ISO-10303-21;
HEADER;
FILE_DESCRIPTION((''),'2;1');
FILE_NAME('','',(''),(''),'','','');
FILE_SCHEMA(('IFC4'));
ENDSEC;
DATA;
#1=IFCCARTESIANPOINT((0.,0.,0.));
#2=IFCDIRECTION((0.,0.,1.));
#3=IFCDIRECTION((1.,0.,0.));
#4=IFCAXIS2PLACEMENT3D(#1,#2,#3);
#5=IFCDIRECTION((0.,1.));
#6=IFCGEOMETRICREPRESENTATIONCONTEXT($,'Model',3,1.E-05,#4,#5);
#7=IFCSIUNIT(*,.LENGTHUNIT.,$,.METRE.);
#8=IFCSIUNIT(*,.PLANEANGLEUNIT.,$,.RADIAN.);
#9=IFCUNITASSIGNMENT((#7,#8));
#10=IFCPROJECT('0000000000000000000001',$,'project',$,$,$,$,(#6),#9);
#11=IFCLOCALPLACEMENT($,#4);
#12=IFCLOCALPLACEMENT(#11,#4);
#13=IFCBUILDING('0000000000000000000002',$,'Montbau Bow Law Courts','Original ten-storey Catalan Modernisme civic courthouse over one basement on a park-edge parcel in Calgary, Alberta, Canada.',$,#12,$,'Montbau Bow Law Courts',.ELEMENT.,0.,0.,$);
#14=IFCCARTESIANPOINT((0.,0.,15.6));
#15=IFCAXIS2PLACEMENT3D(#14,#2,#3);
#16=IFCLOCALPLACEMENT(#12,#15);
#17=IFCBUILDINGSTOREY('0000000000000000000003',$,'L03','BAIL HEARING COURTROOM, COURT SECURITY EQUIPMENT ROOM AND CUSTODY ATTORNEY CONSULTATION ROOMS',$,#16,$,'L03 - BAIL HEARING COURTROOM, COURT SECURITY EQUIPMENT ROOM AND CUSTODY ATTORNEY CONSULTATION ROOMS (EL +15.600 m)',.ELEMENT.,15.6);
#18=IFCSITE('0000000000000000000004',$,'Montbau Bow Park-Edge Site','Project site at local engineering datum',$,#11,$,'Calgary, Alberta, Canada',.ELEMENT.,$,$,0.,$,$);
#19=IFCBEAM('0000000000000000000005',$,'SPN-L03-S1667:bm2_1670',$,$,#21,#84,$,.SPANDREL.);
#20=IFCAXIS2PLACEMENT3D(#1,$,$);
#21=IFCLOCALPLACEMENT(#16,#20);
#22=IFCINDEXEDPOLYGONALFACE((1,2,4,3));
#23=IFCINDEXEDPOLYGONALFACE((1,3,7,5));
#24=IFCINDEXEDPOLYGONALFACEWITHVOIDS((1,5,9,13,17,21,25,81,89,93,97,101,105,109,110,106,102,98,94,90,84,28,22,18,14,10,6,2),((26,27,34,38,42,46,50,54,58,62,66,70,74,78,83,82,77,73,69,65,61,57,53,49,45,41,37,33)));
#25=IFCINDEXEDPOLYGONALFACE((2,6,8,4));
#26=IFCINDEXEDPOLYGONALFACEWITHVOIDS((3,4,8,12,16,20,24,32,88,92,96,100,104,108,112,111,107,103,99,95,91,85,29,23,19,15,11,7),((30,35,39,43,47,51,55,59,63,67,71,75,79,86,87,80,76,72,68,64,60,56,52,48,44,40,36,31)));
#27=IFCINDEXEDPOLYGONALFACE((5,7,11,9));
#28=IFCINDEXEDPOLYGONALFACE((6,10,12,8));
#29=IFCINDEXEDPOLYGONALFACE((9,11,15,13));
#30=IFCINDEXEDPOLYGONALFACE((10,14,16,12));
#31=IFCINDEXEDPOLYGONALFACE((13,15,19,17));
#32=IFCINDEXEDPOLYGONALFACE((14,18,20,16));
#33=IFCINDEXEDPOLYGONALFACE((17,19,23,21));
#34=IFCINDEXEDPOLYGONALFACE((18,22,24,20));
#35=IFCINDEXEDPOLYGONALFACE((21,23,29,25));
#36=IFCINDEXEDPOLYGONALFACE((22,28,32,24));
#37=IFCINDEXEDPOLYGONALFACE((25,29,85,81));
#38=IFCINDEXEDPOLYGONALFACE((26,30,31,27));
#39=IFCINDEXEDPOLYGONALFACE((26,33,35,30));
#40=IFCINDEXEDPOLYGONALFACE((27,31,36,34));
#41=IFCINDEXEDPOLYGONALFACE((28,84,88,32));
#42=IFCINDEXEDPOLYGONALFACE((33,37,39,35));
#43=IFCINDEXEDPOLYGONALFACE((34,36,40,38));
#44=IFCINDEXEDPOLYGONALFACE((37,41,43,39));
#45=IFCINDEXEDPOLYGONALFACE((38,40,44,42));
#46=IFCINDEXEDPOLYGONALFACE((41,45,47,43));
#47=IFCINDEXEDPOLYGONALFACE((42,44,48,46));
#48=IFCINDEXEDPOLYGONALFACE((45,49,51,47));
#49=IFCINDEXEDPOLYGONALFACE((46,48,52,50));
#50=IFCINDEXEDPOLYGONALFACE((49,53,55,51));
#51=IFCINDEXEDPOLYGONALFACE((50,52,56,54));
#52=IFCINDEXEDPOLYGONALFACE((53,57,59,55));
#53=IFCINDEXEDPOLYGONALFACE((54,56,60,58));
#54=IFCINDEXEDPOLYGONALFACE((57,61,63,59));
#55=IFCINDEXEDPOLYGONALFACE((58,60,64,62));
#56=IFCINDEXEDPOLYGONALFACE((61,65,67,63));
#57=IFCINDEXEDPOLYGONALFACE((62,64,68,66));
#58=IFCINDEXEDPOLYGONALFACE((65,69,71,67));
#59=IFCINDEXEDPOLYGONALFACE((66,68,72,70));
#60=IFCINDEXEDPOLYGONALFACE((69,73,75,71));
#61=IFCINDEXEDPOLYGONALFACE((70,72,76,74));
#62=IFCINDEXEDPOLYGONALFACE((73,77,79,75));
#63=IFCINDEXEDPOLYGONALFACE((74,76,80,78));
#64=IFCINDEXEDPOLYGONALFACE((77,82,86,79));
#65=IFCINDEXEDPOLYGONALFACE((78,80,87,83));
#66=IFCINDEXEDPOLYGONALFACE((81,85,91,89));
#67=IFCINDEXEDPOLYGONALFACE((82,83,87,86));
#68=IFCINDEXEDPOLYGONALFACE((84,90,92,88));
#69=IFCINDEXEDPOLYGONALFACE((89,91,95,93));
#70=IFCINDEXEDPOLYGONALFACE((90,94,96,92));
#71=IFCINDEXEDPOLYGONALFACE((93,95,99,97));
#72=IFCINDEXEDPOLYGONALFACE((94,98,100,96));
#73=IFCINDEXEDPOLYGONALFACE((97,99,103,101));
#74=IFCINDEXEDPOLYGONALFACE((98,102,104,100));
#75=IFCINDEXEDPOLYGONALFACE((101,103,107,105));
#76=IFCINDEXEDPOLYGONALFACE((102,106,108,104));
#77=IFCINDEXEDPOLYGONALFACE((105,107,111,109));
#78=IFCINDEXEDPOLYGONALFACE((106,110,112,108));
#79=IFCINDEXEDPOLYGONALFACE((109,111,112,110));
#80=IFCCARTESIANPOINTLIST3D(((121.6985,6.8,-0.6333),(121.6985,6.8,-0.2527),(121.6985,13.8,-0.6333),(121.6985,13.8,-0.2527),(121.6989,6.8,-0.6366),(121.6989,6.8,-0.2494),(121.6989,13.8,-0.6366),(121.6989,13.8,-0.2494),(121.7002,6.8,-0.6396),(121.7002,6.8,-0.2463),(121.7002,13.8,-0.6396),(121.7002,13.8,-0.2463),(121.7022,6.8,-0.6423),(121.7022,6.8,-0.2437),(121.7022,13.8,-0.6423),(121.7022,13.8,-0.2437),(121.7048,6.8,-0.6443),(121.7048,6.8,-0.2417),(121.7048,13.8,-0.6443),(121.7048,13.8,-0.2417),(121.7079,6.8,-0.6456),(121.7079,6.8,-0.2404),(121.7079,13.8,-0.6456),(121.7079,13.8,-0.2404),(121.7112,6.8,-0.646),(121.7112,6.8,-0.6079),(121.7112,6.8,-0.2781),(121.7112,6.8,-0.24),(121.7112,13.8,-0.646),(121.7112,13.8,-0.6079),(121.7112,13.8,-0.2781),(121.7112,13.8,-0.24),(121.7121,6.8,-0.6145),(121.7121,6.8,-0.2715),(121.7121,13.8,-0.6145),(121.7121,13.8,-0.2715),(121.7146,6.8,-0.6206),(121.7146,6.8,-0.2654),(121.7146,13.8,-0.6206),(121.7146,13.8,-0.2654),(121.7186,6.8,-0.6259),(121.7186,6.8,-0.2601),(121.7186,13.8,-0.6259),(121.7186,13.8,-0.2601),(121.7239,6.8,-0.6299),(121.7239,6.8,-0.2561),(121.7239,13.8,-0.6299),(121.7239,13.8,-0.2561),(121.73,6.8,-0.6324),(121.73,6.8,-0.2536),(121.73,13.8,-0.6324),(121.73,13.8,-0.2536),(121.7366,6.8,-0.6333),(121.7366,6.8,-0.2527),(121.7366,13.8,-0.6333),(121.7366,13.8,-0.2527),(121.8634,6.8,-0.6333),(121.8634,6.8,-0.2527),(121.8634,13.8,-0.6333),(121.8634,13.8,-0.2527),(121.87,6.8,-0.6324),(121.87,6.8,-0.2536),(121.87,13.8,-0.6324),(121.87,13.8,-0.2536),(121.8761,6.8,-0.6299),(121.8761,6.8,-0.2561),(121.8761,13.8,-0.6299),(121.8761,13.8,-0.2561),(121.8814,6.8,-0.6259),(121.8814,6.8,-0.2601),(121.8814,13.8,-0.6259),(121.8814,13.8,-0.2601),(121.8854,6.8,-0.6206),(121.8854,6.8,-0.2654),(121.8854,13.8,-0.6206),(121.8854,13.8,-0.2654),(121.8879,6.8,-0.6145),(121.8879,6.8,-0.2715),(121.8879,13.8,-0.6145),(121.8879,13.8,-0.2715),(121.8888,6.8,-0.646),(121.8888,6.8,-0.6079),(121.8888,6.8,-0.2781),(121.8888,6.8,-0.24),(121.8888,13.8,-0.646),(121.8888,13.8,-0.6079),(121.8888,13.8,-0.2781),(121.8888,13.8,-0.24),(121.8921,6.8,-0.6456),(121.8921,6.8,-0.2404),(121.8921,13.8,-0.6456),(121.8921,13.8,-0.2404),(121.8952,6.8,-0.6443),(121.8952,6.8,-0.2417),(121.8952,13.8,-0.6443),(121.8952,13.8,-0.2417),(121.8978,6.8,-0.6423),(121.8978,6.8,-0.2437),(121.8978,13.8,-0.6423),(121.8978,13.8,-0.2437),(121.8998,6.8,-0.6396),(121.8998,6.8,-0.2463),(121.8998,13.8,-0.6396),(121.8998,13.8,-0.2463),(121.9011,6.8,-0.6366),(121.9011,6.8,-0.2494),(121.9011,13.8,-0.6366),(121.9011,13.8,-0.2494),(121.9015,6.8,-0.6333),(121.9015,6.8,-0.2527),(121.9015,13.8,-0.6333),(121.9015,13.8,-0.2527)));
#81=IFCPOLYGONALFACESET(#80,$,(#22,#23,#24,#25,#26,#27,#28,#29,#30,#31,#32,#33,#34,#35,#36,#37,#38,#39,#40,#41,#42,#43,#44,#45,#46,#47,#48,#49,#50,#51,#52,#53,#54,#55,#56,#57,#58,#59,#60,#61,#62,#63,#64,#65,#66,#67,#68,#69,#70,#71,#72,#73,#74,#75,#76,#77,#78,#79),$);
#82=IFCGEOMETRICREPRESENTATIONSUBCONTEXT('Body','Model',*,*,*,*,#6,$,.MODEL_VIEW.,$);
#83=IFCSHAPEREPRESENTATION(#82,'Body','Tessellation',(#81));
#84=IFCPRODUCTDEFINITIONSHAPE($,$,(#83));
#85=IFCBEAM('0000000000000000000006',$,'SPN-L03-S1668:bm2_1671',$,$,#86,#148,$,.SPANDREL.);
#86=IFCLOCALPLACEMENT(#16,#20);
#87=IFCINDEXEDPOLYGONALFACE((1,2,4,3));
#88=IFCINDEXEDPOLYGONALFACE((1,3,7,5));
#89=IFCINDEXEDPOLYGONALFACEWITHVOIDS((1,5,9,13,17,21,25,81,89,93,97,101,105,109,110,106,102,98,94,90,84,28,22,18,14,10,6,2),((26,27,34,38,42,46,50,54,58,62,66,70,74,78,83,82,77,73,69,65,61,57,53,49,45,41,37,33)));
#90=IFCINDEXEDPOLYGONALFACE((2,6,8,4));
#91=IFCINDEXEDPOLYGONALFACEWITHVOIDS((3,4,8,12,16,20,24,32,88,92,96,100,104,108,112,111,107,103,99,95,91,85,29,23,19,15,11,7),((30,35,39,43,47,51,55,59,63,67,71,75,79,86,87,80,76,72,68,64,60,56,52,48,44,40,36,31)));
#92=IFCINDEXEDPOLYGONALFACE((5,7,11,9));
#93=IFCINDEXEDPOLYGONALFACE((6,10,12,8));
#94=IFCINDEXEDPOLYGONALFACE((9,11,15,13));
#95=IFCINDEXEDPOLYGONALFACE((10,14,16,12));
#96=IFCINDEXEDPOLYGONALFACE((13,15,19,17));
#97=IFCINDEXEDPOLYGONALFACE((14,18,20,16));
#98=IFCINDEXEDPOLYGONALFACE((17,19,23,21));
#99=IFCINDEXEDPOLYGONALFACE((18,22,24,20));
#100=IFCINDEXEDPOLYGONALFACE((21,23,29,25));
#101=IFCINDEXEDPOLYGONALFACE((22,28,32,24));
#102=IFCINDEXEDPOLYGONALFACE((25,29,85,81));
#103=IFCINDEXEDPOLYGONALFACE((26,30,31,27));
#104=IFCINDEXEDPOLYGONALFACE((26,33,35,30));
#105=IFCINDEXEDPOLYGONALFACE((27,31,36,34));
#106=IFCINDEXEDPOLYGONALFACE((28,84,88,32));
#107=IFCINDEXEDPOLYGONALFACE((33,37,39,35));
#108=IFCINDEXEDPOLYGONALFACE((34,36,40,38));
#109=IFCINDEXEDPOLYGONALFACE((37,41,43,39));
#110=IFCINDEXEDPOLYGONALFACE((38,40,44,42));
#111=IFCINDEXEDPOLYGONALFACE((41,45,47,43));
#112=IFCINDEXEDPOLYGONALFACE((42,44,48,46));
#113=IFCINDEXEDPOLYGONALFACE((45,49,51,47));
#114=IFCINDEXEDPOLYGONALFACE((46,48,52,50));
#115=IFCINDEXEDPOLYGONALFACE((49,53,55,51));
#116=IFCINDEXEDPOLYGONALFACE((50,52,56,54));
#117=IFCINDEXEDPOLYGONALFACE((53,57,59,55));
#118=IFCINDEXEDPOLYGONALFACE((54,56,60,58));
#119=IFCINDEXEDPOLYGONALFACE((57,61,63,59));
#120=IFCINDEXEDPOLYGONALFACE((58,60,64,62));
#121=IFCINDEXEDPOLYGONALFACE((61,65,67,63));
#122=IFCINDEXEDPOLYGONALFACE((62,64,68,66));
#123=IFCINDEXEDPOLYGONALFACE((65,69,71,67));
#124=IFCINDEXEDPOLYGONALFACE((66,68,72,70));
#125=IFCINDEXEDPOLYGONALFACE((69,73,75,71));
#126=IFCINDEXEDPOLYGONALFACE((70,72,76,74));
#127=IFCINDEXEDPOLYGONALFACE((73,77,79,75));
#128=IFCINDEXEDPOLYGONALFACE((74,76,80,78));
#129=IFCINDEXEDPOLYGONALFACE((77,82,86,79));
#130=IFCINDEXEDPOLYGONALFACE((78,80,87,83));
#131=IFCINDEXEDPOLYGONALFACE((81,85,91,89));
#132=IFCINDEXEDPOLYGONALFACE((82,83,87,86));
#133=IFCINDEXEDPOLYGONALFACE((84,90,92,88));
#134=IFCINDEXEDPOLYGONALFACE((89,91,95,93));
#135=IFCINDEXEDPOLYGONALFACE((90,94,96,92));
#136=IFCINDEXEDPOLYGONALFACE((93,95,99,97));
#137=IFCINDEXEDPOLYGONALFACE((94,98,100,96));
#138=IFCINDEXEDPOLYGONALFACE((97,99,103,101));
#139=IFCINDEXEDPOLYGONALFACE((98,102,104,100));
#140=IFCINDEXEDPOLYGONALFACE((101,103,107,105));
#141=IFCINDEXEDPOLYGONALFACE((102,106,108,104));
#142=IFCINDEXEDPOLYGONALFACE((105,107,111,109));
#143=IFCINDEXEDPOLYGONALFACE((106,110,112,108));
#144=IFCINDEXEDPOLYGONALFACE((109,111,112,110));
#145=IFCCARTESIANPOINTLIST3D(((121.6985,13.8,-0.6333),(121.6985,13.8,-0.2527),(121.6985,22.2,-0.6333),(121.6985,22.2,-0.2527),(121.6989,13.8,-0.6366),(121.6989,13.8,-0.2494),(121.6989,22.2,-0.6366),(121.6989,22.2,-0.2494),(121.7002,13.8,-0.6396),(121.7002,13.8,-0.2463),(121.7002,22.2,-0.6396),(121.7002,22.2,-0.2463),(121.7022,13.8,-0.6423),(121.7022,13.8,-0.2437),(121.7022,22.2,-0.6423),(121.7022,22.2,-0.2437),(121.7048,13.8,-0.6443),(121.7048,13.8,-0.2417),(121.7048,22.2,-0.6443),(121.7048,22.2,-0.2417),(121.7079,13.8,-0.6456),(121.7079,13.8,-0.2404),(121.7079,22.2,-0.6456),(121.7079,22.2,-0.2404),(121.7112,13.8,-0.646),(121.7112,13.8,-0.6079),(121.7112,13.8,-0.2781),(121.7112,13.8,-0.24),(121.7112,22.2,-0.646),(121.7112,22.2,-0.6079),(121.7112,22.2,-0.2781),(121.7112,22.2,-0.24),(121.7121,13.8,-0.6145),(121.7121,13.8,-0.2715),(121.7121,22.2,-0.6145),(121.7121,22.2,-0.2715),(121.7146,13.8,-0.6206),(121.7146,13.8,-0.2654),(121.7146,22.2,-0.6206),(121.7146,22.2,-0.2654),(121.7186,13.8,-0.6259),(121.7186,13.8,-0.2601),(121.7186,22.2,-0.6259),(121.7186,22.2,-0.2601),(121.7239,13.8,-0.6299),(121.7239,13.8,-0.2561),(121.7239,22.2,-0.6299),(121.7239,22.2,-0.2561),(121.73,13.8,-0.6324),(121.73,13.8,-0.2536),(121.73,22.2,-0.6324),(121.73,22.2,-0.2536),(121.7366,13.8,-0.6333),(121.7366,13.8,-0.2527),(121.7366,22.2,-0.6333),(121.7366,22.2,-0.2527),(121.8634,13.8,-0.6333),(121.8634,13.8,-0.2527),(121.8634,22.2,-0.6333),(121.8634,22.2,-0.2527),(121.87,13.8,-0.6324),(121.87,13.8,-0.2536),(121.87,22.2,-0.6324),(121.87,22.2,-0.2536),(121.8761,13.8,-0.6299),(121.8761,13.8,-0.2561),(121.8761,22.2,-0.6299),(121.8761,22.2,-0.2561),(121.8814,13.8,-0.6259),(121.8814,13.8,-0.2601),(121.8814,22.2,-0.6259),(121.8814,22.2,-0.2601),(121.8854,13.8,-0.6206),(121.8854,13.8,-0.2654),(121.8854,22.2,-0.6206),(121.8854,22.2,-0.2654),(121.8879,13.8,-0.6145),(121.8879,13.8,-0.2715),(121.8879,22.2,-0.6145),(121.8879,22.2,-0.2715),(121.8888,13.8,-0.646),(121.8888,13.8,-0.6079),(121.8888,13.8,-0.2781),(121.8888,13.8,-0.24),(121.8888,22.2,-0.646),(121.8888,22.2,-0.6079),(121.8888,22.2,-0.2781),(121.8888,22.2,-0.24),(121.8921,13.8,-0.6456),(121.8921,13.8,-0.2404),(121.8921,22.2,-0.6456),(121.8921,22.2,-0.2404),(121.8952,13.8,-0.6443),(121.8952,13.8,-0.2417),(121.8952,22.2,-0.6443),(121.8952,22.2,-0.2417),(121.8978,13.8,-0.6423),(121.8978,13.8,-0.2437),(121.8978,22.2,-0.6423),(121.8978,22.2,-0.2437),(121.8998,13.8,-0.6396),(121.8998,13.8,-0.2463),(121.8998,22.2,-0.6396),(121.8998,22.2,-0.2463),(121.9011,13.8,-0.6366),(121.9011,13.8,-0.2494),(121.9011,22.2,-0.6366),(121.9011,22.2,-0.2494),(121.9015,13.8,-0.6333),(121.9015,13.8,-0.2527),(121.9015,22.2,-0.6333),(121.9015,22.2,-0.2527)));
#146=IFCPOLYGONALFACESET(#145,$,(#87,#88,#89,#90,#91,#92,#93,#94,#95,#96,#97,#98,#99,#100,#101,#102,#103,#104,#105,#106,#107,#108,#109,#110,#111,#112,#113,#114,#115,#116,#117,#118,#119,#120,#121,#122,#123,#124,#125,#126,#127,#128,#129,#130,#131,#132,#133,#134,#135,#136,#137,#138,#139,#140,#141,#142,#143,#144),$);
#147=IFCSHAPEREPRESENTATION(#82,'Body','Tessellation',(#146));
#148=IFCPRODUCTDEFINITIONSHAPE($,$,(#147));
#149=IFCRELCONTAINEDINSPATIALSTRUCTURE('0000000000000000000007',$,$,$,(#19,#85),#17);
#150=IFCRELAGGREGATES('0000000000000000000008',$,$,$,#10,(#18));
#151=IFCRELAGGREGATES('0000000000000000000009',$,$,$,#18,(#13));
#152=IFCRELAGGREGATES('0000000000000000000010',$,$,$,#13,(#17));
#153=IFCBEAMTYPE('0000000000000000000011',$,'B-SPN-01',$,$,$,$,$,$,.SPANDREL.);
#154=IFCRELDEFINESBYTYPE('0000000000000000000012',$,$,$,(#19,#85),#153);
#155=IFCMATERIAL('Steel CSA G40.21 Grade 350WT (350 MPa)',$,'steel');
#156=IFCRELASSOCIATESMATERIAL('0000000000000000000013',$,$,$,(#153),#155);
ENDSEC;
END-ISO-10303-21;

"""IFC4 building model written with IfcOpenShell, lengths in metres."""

from ifc_helpers import new_model, si_unit, direction, frame, origin_with_axes, origin_2d_with_axis, place, context, subcontext, project, spatial, hollow_rectangle, extrude, material, material_profile, profile_set, type_object, element, save


model = new_model("IFC4")

# Units and contexts
model_context = context("Model", 3, precision=1e-05, world=origin_with_axes(), true_north=direction((0.0, 1.0)))
body_context = subcontext(model_context, "Body", "Model", "MODEL_VIEW")
ifc_project = project(units=[si_unit("LENGTHUNIT", "METRE"), si_unit("PLANEANGLEUNIT", "RADIAN")], contexts=[model_context])

# Site, building, storey
site_placement = place(None, origin_with_axes())
site = spatial("IfcSite", under=ifc_project, at=site_placement, Name="Montbau Bow Park-Edge Site", Description="Project site at local engineering datum", LongName="Calgary, Alberta, Canada", CompositionType="ELEMENT", RefElevation=0.0)
building_placement = place(site_placement, origin_with_axes())
building = spatial("IfcBuilding", under=site, at=building_placement, Name="Montbau Bow Law Courts", Description="Original ten-storey Catalan Modernisme civic courthouse over one basement on a park-edge parcel in Calgary, Alberta, Canada.", LongName="Montbau Bow Law Courts", CompositionType="ELEMENT", ElevationOfRefHeight=0.0, ElevationOfTerrain=0.0)
storey_placement = place(building_placement, frame((0.0, 0.0, 15.6), z_axis=(0.0, 0.0, 1.0), x_axis=(1.0, 0.0, 0.0)))
storey = spatial("IfcBuildingStorey", under=building, at=storey_placement, Name="L03", Description="BAIL HEARING COURTROOM, COURT SECURITY EQUIPMENT ROOM AND CUSTODY ATTORNEY CONSULTATION ROOMS", LongName="L03 - BAIL HEARING COURTROOM, COURT SECURITY EQUIPMENT ROOM AND CUSTODY ATTORNEY CONSULTATION ROOMS (EL +15.600 m)", CompositionType="ELEMENT", Elevation=15.6)

# Beams
ifc_material_1 = material(Name="Steel CSA G40.21 Grade 350WT (350 MPa)", Category="steel")
ifc_material_profile_1 = material_profile(ifc_material_1, hollow_rectangle(XDim=0.203, YDim=0.406, WallThickness=0.0127, InnerFilletRadius=0.0254, OuterFilletRadius=0.0127, at=origin_2d_with_axis()), Name="HSS406X203X13", Category="Main", Priority=0)
ifc_profile_set_1 = profile_set([ifc_material_profile_1], Name="Steel CSA G40.21 Grade 350WT (350 MPa)")
beam_type_1 = type_object("IfcBeamType", Name="B-SPN-01", PredefinedType="SPANDREL", material=ifc_profile_set_1)
beam_1_placement = place(None, frame((121.8, 6.8, 15.157), z_axis=(0.0, 1.0, 0.0), x_axis=(-1.0, 0.0, 0.0)))
element("IfcBeam", 1, at=beam_1_placement, inside=storey, type_object=beam_type_1, Name="SPN-L03-S1667:bm2_1670", PredefinedType="SPANDREL", context=body_context, shape_type="SweptSolid", body=[
    extrude(hollow_rectangle(XDim=0.203, YDim=0.406, WallThickness=0.0127, InnerFilletRadius=0.0254, OuterFilletRadius=0.0127, at=origin_2d_with_axis()), origin_with_axes(), (0.0, 0.0, 1.0), 7.0),
])
for number, where, z_axis, x_axis, name in (
    (2, (121.8, 13.8, 15.157), (0.0, 1.0, 0.0), (-1.0, 0.0, 0.0), "SPN-L03-S1668:bm2_1671"),
):
    element("IfcBeam", number, at=place(None, frame(where, z_axis=z_axis, x_axis=x_axis)), inside=storey, type_object=beam_type_1, Name=name, PredefinedType="SPANDREL", context=body_context, shape_type="SweptSolid", body=[
        extrude(hollow_rectangle(XDim=0.203, YDim=0.406, WallThickness=0.0127, InnerFilletRadius=0.0254, OuterFilletRadius=0.0127, at=origin_2d_with_axis()), origin_with_axes(), (0.0, 0.0, 1.0), 8.4),
    ])

save(model, "model.ifc")
